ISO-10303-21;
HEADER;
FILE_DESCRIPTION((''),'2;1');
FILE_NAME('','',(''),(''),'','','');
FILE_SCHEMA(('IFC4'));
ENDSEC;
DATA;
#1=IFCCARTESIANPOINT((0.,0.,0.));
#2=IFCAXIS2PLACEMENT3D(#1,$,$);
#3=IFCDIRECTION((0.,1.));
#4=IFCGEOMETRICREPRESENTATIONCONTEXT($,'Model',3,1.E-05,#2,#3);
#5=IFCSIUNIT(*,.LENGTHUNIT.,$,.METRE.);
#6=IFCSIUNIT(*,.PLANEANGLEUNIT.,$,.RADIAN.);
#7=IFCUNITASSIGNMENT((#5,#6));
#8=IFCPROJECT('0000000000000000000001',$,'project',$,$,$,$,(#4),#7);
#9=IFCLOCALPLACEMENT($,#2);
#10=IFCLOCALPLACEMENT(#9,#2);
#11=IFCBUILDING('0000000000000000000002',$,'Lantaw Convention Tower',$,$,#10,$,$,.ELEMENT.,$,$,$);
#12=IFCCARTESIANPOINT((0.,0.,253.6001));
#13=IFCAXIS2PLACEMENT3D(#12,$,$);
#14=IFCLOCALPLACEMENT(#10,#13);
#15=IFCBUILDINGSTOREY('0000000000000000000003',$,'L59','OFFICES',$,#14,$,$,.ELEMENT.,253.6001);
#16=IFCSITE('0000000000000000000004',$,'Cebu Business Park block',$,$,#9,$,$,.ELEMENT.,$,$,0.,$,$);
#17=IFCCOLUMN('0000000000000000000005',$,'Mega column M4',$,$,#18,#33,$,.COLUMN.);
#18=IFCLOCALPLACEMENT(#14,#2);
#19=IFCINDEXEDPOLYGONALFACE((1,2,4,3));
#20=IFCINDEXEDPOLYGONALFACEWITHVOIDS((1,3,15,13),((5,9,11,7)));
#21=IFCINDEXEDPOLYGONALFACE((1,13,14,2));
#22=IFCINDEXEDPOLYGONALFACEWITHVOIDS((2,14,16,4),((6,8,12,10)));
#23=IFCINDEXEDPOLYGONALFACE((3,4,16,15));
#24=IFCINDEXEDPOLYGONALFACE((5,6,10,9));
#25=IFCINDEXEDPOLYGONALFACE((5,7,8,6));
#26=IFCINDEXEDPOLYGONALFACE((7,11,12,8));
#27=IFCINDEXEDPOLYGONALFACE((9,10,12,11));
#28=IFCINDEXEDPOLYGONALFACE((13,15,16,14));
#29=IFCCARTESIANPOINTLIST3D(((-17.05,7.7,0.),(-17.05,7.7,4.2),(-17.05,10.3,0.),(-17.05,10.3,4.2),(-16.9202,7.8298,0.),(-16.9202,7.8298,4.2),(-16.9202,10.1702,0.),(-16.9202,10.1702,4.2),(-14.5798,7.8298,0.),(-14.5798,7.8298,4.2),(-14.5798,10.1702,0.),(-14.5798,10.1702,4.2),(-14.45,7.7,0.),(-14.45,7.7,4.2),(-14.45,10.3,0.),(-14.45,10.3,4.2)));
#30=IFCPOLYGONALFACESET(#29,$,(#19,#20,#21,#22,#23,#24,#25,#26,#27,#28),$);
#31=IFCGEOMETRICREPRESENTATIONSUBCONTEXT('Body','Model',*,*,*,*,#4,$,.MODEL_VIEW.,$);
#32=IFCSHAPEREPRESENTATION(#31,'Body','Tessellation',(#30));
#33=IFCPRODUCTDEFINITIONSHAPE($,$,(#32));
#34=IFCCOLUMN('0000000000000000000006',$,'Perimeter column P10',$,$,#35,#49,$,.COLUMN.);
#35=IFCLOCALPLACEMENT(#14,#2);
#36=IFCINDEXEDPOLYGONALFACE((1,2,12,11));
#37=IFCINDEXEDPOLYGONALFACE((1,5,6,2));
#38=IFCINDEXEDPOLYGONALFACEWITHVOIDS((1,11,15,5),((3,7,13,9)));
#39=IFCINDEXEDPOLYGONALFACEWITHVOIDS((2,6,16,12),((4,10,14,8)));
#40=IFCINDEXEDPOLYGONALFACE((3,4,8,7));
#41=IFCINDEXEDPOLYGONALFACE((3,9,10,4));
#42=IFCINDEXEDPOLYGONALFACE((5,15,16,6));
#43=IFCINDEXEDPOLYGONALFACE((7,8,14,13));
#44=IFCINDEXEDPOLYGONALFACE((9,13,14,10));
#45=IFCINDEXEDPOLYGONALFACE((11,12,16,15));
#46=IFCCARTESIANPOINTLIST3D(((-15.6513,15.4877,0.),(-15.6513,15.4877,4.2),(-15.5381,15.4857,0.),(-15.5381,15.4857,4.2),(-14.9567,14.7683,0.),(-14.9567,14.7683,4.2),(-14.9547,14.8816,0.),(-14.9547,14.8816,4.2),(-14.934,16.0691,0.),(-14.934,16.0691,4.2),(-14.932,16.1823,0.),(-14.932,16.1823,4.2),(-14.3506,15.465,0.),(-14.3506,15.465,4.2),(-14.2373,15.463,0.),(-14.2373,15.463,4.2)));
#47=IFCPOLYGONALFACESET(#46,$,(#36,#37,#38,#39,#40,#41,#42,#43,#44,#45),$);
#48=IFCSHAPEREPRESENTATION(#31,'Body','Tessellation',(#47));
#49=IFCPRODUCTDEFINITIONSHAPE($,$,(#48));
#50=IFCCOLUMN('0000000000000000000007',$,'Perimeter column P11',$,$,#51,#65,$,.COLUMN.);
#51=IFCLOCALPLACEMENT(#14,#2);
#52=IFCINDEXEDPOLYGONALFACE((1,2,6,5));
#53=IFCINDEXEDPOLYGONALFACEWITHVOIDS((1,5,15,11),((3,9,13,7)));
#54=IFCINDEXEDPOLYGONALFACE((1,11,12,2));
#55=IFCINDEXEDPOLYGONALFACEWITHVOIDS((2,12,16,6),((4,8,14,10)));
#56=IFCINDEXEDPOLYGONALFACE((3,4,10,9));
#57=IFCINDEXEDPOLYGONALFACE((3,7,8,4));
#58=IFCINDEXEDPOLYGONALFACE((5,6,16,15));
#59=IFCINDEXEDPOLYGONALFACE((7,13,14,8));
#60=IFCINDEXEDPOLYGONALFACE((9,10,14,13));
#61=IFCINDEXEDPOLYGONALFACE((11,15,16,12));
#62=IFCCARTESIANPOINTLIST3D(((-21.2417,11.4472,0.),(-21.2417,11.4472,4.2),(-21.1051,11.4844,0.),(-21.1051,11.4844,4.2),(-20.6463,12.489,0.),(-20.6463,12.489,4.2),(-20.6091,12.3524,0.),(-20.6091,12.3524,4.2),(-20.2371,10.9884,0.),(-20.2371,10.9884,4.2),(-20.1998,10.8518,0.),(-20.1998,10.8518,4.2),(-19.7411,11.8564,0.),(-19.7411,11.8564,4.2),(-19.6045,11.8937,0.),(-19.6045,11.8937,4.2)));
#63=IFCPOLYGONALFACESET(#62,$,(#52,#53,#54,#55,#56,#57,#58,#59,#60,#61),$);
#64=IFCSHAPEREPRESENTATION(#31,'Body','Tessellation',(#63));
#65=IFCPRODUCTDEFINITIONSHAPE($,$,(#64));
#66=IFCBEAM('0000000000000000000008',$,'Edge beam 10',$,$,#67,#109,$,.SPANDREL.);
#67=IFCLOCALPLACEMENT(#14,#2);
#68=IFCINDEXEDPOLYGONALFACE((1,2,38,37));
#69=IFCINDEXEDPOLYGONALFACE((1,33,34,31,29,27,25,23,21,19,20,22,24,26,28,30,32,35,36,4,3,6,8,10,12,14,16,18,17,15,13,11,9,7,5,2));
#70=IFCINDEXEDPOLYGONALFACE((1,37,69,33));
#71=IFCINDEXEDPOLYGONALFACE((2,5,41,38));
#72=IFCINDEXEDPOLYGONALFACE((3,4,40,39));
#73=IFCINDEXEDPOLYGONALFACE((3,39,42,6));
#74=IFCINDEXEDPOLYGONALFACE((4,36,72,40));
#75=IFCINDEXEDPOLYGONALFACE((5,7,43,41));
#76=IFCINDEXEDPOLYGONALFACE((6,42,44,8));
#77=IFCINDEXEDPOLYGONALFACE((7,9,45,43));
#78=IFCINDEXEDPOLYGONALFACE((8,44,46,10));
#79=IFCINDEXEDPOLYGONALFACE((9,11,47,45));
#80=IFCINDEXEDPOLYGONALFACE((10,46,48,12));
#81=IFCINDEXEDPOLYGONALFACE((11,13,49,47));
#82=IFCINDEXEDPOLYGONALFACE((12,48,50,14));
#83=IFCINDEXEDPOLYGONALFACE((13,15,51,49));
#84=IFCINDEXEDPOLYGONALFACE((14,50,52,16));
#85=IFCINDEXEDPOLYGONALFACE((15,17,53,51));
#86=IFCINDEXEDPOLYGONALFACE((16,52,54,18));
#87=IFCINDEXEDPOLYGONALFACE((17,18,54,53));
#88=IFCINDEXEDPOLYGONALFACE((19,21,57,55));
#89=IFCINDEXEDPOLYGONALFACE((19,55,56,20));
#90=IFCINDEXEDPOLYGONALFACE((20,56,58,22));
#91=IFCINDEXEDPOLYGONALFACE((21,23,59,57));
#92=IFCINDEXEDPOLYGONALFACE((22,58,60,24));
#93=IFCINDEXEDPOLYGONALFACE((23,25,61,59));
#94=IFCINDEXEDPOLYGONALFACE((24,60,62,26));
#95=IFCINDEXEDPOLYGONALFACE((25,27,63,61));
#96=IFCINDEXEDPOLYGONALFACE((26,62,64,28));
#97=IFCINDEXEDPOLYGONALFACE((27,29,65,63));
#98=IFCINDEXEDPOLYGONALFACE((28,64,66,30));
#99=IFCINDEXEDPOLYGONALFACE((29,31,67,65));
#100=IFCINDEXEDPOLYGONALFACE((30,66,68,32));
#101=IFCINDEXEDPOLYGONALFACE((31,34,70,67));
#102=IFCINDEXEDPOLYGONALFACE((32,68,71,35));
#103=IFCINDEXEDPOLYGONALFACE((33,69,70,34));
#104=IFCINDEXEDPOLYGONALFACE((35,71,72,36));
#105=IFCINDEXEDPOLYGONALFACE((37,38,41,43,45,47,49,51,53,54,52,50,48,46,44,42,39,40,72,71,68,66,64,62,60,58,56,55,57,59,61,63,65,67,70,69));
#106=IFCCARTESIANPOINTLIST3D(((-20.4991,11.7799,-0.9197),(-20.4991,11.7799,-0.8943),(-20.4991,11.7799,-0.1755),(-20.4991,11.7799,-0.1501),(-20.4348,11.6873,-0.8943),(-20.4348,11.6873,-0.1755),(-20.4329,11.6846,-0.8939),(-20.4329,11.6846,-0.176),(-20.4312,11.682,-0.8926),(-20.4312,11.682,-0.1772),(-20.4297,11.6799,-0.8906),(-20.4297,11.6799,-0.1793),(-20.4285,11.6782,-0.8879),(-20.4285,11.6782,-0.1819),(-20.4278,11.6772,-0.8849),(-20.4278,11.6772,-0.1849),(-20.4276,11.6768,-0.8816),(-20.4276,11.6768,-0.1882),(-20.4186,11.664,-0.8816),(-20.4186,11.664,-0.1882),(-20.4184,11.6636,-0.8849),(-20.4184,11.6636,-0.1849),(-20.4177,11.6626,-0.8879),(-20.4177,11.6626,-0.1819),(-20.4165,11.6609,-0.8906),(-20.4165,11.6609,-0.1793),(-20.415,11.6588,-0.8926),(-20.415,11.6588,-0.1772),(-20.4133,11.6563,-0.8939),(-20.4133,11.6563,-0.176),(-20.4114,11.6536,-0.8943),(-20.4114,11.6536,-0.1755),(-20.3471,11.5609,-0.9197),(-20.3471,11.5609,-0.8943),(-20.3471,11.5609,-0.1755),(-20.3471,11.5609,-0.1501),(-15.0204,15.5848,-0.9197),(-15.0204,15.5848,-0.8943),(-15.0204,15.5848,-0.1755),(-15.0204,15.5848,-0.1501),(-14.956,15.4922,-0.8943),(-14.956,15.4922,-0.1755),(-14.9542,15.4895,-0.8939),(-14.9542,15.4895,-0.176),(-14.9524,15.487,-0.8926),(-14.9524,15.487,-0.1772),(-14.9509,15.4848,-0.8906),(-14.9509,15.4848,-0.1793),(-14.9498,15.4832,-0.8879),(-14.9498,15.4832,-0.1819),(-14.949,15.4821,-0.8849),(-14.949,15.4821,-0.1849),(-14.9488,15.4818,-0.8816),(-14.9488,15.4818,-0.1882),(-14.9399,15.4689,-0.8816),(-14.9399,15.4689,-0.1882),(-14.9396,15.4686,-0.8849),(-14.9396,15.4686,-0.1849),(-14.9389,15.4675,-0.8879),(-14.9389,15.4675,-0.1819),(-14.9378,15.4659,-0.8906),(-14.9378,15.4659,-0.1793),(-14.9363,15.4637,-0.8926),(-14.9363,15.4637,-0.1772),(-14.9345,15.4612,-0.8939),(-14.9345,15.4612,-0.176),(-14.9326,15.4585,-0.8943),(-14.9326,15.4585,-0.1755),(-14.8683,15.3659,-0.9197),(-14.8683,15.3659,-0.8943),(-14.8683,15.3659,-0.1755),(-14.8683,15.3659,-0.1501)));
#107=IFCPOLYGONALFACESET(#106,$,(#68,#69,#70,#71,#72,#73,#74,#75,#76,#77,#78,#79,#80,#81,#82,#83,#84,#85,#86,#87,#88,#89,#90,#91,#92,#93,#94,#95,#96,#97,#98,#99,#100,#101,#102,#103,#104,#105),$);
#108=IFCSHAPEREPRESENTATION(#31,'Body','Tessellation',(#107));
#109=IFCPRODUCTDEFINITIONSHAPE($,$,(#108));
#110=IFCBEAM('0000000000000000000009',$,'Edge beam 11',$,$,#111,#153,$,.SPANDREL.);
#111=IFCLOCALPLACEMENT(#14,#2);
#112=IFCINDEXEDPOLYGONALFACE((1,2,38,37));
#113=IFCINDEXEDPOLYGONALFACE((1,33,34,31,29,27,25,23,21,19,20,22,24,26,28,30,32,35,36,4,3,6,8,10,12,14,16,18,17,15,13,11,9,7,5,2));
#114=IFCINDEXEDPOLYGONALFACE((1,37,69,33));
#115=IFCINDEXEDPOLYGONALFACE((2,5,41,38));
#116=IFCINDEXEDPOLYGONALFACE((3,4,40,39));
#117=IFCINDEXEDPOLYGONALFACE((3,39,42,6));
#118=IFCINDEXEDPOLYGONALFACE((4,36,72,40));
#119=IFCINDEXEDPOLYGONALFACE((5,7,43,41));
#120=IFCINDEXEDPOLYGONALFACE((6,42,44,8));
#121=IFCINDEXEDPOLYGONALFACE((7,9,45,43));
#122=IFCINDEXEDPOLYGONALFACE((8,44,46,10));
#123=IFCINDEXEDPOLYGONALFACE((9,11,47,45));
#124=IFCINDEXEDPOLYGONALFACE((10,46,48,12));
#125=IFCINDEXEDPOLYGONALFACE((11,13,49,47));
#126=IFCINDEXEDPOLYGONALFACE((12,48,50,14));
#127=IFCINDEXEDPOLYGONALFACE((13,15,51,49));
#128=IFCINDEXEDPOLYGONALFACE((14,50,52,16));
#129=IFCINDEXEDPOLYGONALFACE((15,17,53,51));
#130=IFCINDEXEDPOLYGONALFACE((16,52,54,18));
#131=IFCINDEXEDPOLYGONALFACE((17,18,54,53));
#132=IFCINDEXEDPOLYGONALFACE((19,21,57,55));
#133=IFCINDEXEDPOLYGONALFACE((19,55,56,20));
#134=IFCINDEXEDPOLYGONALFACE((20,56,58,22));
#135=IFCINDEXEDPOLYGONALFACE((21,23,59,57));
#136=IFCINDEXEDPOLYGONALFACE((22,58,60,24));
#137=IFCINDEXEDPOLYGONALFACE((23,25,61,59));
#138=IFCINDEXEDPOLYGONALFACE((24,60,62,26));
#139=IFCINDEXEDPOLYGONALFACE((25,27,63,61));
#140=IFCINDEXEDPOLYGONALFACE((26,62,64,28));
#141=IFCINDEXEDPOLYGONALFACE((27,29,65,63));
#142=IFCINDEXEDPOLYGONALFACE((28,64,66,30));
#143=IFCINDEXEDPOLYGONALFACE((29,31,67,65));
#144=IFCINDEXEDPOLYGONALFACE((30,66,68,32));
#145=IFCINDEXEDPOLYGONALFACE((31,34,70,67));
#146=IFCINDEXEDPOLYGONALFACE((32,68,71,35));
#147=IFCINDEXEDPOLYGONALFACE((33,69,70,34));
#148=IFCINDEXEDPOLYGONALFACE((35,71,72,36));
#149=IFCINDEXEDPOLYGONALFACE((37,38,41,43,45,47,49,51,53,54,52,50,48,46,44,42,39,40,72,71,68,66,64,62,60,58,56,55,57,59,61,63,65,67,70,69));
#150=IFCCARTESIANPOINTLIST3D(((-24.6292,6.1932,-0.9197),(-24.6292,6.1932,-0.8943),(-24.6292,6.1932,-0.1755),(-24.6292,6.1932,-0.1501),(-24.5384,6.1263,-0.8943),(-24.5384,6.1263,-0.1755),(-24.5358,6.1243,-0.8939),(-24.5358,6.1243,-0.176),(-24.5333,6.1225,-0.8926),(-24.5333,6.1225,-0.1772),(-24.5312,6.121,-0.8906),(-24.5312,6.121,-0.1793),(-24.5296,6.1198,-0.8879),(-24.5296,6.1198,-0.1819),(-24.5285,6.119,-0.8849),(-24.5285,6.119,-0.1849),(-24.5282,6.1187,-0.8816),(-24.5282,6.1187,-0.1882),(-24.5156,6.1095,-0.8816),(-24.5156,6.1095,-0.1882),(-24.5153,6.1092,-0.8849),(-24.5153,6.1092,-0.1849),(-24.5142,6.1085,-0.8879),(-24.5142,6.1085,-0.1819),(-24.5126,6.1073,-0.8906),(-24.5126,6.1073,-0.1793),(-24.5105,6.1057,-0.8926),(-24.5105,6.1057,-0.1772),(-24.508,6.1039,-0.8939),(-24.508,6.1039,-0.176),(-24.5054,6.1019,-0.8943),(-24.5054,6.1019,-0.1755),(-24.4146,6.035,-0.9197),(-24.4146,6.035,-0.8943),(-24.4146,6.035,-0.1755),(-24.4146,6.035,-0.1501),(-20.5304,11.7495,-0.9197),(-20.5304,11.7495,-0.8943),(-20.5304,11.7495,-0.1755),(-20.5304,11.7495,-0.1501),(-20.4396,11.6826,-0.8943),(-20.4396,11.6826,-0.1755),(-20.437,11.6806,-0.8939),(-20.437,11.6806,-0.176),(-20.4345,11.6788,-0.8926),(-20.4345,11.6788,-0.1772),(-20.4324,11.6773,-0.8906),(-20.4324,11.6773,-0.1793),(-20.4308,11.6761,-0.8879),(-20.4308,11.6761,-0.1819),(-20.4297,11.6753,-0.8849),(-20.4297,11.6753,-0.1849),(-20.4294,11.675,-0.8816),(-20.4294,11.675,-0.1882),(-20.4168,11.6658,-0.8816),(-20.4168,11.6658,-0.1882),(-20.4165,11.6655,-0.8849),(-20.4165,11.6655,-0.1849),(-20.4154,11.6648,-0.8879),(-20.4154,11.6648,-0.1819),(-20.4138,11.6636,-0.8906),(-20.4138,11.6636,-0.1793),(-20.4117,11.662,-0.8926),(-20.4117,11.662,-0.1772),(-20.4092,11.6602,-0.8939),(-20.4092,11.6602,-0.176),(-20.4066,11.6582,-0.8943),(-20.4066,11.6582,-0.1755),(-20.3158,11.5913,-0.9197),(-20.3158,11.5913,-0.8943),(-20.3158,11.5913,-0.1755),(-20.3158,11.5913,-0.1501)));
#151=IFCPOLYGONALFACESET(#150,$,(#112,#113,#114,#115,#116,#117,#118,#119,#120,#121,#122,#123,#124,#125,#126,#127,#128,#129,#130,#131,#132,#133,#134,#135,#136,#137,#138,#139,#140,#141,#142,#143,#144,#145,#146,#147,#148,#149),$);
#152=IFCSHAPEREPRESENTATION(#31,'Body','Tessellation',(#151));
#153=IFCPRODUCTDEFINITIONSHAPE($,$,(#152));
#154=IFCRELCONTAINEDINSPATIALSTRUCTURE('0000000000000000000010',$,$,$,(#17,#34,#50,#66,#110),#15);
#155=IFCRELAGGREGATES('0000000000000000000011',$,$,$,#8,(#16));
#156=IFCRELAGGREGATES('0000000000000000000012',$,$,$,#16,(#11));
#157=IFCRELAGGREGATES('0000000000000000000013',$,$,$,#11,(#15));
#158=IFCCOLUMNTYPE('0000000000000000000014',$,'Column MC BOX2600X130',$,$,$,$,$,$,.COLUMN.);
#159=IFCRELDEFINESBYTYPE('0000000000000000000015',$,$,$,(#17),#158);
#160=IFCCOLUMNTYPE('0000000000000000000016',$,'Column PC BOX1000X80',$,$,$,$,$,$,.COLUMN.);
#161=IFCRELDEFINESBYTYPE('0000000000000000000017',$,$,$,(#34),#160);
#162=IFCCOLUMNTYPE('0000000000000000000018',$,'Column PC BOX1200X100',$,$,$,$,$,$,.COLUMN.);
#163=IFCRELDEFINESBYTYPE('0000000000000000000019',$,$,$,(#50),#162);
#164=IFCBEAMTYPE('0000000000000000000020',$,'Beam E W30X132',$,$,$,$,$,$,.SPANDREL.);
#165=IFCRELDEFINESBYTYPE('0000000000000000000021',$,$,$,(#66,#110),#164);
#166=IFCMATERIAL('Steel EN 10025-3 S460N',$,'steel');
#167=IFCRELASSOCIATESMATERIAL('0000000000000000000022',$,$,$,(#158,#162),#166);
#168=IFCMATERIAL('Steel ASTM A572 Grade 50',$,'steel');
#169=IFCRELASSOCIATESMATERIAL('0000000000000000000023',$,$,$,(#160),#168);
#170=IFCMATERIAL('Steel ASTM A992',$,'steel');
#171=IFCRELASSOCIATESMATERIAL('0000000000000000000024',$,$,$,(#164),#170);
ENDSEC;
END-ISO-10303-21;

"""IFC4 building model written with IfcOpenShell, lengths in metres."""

from ifc_helpers import new_model, si_unit, direction, frame, origin, origin_2d, place, context, subcontext, project, spatial, rectangle, hollow_rectangle, i_section, extrude, material, material_profile, profile_set, type_object, element, save


model = new_model("IFC4")

# Units and contexts
model_context = context("Model", 3, precision=1e-05, world=origin(), true_north=direction((0.0, 1.0)))
body_context = subcontext(model_context, "Body", "Model", "MODEL_VIEW")
ifc_project = project(units=[si_unit("LENGTHUNIT", "METRE"), si_unit("PLANEANGLEUNIT", "RADIAN")], contexts=[model_context])

# Site, building, storey
site_placement = place(None, origin())
site = spatial("IfcSite", under=ifc_project, at=site_placement, Name="Cebu Business Park block", CompositionType="ELEMENT", RefElevation=0.0)
building_placement = place(site_placement, origin())
building = spatial("IfcBuilding", under=site, at=building_placement, Name="Lantaw Convention Tower", CompositionType="ELEMENT")
storey_placement = place(building_placement, frame((0.0, 0.0, 253.6001)))
storey = spatial("IfcBuildingStorey", under=building, at=storey_placement, Name="L59", Description="OFFICES", CompositionType="ELEMENT", Elevation=253.6001)

# Columns
ifc_material_1 = material(Name="Steel EN 10025-3 S460N", Category="steel")
ifc_material_profile_1 = material_profile(ifc_material_1, hollow_rectangle(XDim=2.6001, YDim=2.6001, WallThickness=0.1299, at=origin_2d()), Name="BOX2600X130")
ifc_material_2 = material(Name="Concrete C60/75", Category="concrete")
ifc_material_profile_2 = material_profile(ifc_material_2, rectangle(XDim=2.3401, YDim=2.3401, at=origin_2d()), Name="Concrete fill of BOX2600X130")
ifc_profile_set_1 = profile_set([ifc_material_profile_1, ifc_material_profile_2], Name="Steel EN 10025-3 S460N")
column_type_1 = type_object("IfcColumnType", Name="Column MC BOX2600X130", PredefinedType="COLUMN", material=ifc_profile_set_1)
column_1_placement = place(storey_placement, frame((-15.75, 9.0, 0.0), z_axis=(0.0, 0.0, 1.0), x_axis=(1.0, 0.0, 0.0)))
element("IfcColumn", 1, at=column_1_placement, inside=storey, type_object=column_type_1, Name="Mega column M4", PredefinedType="COLUMN", context=body_context, shape_type="SweptSolid", body=[
    extrude(hollow_rectangle(XDim=2.6001, YDim=2.6001, WallThickness=0.1299, at=origin_2d()), origin(), (0.0, 0.0, 1.0), 4.2),
])
ifc_material_3 = material(Name="Steel ASTM A572 Grade 50", Category="steel")
ifc_material_profile_3 = material_profile(ifc_material_3, hollow_rectangle(XDim=1.0, YDim=1.0, WallThickness=0.0801, at=origin_2d()), Name="BOX1000X80")
ifc_material_profile_4 = material_profile(ifc_material_2, rectangle(XDim=0.8401, YDim=0.8401, at=origin_2d()), Name="Concrete fill of BOX1000X80")
ifc_profile_set_2 = profile_set([ifc_material_profile_3, ifc_material_profile_4], Name="Steel ASTM A572 Grade 50")
column_type_2 = type_object("IfcColumnType", Name="Column PC BOX1000X80", PredefinedType="COLUMN", material=ifc_profile_set_2)
column_2_placement = place(storey_placement, frame((-14.9443, 15.4753, 0.0), z_axis=(0.0, 0.0, 1.0), x_axis=(0.71934, 0.694658, 0.0)))
element("IfcColumn", 2, at=column_2_placement, inside=storey, type_object=column_type_2, Name="Perimeter column P10", PredefinedType="COLUMN", context=body_context, shape_type="SweptSolid", body=[
    extrude(hollow_rectangle(XDim=1.0, YDim=1.0, WallThickness=0.0801, at=origin_2d()), origin(), (0.0, 0.0, 1.0), 4.2),
])
ifc_material_profile_5 = material_profile(ifc_material_1, hollow_rectangle(XDim=1.2, YDim=1.2, WallThickness=0.1001, at=origin_2d()), Name="BOX1200X100")
ifc_material_profile_6 = material_profile(ifc_material_2, rectangle(XDim=1.0, YDim=1.0, at=origin_2d()), Name="Concrete fill of BOX1200X100")
ifc_profile_set_3 = profile_set([ifc_material_profile_5, ifc_material_profile_6], Name="Steel EN 10025-3 S460N")
column_type_3 = type_object("IfcColumnType", Name="Column PC BOX1200X100", PredefinedType="COLUMN", material=ifc_profile_set_3)
column_3_placement = place(storey_placement, frame((-20.4231, 11.6704, 0.0), z_axis=(0.0, 0.0, 1.0), x_axis=(0.496139, 0.868243, 0.0)))
element("IfcColumn", 3, at=column_3_placement, inside=storey, type_object=column_type_3, Name="Perimeter column P11", PredefinedType="COLUMN", context=body_context, shape_type="SweptSolid", body=[
    extrude(hollow_rectangle(XDim=1.2, YDim=1.2, WallThickness=0.1001, at=origin_2d()), origin(), (0.0, 0.0, 1.0), 4.2),
])

# Beams
ifc_material_4 = material(Name="Steel ASTM A992", Category="steel")
ifc_material_profile_7 = material_profile(ifc_material_4, i_section(OverallWidth=0.2666, OverallDepth=0.7695, WebThickness=0.0156, FlangeThickness=0.0254, FilletRadius=0.0127, at=origin_2d()), Name="W30X132")
ifc_profile_set_4 = profile_set([ifc_material_profile_7], Name="Steel ASTM A992")
beam_type_1 = type_object("IfcBeamType", Name="Beam E W30X132", PredefinedType="SPANDREL", material=ifc_profile_set_4)
beam_1_placement = place(storey_placement, frame((-14.9443, 15.4753, -0.5349), z_axis=(-0.821353, -0.57042, 0.0), x_axis=(0.57042, -0.821353, 0.0)))
element("IfcBeam", 4, at=beam_1_placement, inside=storey, type_object=beam_type_1, Name="Edge beam 10", PredefinedType="SPANDREL", context=body_context, shape_type="SweptSolid", body=[
    extrude(i_section(OverallWidth=0.2666, OverallDepth=0.7695, WebThickness=0.0156, FlangeThickness=0.0254, FilletRadius=0.0127, at=origin_2d()), origin(), (0.0, 0.0, 1.0), 6.6704),
])
beam_2_placement = place(storey_placement, frame((-20.4231, 11.6704, -0.5349), z_axis=(-0.593639, -0.804731, 0.0), x_axis=(0.804731, -0.593639, 0.0)))
element("IfcBeam", 5, at=beam_2_placement, inside=storey, type_object=beam_type_1, Name="Edge beam 11", PredefinedType="SPANDREL", context=body_context, shape_type="SweptSolid", body=[
    extrude(i_section(OverallWidth=0.2666, OverallDepth=0.7695, WebThickness=0.0156, FlangeThickness=0.0254, FilletRadius=0.0127, at=origin_2d()), origin(), (0.0, 0.0, 1.0), 6.9045),
])

save(model, "model.ifc")
